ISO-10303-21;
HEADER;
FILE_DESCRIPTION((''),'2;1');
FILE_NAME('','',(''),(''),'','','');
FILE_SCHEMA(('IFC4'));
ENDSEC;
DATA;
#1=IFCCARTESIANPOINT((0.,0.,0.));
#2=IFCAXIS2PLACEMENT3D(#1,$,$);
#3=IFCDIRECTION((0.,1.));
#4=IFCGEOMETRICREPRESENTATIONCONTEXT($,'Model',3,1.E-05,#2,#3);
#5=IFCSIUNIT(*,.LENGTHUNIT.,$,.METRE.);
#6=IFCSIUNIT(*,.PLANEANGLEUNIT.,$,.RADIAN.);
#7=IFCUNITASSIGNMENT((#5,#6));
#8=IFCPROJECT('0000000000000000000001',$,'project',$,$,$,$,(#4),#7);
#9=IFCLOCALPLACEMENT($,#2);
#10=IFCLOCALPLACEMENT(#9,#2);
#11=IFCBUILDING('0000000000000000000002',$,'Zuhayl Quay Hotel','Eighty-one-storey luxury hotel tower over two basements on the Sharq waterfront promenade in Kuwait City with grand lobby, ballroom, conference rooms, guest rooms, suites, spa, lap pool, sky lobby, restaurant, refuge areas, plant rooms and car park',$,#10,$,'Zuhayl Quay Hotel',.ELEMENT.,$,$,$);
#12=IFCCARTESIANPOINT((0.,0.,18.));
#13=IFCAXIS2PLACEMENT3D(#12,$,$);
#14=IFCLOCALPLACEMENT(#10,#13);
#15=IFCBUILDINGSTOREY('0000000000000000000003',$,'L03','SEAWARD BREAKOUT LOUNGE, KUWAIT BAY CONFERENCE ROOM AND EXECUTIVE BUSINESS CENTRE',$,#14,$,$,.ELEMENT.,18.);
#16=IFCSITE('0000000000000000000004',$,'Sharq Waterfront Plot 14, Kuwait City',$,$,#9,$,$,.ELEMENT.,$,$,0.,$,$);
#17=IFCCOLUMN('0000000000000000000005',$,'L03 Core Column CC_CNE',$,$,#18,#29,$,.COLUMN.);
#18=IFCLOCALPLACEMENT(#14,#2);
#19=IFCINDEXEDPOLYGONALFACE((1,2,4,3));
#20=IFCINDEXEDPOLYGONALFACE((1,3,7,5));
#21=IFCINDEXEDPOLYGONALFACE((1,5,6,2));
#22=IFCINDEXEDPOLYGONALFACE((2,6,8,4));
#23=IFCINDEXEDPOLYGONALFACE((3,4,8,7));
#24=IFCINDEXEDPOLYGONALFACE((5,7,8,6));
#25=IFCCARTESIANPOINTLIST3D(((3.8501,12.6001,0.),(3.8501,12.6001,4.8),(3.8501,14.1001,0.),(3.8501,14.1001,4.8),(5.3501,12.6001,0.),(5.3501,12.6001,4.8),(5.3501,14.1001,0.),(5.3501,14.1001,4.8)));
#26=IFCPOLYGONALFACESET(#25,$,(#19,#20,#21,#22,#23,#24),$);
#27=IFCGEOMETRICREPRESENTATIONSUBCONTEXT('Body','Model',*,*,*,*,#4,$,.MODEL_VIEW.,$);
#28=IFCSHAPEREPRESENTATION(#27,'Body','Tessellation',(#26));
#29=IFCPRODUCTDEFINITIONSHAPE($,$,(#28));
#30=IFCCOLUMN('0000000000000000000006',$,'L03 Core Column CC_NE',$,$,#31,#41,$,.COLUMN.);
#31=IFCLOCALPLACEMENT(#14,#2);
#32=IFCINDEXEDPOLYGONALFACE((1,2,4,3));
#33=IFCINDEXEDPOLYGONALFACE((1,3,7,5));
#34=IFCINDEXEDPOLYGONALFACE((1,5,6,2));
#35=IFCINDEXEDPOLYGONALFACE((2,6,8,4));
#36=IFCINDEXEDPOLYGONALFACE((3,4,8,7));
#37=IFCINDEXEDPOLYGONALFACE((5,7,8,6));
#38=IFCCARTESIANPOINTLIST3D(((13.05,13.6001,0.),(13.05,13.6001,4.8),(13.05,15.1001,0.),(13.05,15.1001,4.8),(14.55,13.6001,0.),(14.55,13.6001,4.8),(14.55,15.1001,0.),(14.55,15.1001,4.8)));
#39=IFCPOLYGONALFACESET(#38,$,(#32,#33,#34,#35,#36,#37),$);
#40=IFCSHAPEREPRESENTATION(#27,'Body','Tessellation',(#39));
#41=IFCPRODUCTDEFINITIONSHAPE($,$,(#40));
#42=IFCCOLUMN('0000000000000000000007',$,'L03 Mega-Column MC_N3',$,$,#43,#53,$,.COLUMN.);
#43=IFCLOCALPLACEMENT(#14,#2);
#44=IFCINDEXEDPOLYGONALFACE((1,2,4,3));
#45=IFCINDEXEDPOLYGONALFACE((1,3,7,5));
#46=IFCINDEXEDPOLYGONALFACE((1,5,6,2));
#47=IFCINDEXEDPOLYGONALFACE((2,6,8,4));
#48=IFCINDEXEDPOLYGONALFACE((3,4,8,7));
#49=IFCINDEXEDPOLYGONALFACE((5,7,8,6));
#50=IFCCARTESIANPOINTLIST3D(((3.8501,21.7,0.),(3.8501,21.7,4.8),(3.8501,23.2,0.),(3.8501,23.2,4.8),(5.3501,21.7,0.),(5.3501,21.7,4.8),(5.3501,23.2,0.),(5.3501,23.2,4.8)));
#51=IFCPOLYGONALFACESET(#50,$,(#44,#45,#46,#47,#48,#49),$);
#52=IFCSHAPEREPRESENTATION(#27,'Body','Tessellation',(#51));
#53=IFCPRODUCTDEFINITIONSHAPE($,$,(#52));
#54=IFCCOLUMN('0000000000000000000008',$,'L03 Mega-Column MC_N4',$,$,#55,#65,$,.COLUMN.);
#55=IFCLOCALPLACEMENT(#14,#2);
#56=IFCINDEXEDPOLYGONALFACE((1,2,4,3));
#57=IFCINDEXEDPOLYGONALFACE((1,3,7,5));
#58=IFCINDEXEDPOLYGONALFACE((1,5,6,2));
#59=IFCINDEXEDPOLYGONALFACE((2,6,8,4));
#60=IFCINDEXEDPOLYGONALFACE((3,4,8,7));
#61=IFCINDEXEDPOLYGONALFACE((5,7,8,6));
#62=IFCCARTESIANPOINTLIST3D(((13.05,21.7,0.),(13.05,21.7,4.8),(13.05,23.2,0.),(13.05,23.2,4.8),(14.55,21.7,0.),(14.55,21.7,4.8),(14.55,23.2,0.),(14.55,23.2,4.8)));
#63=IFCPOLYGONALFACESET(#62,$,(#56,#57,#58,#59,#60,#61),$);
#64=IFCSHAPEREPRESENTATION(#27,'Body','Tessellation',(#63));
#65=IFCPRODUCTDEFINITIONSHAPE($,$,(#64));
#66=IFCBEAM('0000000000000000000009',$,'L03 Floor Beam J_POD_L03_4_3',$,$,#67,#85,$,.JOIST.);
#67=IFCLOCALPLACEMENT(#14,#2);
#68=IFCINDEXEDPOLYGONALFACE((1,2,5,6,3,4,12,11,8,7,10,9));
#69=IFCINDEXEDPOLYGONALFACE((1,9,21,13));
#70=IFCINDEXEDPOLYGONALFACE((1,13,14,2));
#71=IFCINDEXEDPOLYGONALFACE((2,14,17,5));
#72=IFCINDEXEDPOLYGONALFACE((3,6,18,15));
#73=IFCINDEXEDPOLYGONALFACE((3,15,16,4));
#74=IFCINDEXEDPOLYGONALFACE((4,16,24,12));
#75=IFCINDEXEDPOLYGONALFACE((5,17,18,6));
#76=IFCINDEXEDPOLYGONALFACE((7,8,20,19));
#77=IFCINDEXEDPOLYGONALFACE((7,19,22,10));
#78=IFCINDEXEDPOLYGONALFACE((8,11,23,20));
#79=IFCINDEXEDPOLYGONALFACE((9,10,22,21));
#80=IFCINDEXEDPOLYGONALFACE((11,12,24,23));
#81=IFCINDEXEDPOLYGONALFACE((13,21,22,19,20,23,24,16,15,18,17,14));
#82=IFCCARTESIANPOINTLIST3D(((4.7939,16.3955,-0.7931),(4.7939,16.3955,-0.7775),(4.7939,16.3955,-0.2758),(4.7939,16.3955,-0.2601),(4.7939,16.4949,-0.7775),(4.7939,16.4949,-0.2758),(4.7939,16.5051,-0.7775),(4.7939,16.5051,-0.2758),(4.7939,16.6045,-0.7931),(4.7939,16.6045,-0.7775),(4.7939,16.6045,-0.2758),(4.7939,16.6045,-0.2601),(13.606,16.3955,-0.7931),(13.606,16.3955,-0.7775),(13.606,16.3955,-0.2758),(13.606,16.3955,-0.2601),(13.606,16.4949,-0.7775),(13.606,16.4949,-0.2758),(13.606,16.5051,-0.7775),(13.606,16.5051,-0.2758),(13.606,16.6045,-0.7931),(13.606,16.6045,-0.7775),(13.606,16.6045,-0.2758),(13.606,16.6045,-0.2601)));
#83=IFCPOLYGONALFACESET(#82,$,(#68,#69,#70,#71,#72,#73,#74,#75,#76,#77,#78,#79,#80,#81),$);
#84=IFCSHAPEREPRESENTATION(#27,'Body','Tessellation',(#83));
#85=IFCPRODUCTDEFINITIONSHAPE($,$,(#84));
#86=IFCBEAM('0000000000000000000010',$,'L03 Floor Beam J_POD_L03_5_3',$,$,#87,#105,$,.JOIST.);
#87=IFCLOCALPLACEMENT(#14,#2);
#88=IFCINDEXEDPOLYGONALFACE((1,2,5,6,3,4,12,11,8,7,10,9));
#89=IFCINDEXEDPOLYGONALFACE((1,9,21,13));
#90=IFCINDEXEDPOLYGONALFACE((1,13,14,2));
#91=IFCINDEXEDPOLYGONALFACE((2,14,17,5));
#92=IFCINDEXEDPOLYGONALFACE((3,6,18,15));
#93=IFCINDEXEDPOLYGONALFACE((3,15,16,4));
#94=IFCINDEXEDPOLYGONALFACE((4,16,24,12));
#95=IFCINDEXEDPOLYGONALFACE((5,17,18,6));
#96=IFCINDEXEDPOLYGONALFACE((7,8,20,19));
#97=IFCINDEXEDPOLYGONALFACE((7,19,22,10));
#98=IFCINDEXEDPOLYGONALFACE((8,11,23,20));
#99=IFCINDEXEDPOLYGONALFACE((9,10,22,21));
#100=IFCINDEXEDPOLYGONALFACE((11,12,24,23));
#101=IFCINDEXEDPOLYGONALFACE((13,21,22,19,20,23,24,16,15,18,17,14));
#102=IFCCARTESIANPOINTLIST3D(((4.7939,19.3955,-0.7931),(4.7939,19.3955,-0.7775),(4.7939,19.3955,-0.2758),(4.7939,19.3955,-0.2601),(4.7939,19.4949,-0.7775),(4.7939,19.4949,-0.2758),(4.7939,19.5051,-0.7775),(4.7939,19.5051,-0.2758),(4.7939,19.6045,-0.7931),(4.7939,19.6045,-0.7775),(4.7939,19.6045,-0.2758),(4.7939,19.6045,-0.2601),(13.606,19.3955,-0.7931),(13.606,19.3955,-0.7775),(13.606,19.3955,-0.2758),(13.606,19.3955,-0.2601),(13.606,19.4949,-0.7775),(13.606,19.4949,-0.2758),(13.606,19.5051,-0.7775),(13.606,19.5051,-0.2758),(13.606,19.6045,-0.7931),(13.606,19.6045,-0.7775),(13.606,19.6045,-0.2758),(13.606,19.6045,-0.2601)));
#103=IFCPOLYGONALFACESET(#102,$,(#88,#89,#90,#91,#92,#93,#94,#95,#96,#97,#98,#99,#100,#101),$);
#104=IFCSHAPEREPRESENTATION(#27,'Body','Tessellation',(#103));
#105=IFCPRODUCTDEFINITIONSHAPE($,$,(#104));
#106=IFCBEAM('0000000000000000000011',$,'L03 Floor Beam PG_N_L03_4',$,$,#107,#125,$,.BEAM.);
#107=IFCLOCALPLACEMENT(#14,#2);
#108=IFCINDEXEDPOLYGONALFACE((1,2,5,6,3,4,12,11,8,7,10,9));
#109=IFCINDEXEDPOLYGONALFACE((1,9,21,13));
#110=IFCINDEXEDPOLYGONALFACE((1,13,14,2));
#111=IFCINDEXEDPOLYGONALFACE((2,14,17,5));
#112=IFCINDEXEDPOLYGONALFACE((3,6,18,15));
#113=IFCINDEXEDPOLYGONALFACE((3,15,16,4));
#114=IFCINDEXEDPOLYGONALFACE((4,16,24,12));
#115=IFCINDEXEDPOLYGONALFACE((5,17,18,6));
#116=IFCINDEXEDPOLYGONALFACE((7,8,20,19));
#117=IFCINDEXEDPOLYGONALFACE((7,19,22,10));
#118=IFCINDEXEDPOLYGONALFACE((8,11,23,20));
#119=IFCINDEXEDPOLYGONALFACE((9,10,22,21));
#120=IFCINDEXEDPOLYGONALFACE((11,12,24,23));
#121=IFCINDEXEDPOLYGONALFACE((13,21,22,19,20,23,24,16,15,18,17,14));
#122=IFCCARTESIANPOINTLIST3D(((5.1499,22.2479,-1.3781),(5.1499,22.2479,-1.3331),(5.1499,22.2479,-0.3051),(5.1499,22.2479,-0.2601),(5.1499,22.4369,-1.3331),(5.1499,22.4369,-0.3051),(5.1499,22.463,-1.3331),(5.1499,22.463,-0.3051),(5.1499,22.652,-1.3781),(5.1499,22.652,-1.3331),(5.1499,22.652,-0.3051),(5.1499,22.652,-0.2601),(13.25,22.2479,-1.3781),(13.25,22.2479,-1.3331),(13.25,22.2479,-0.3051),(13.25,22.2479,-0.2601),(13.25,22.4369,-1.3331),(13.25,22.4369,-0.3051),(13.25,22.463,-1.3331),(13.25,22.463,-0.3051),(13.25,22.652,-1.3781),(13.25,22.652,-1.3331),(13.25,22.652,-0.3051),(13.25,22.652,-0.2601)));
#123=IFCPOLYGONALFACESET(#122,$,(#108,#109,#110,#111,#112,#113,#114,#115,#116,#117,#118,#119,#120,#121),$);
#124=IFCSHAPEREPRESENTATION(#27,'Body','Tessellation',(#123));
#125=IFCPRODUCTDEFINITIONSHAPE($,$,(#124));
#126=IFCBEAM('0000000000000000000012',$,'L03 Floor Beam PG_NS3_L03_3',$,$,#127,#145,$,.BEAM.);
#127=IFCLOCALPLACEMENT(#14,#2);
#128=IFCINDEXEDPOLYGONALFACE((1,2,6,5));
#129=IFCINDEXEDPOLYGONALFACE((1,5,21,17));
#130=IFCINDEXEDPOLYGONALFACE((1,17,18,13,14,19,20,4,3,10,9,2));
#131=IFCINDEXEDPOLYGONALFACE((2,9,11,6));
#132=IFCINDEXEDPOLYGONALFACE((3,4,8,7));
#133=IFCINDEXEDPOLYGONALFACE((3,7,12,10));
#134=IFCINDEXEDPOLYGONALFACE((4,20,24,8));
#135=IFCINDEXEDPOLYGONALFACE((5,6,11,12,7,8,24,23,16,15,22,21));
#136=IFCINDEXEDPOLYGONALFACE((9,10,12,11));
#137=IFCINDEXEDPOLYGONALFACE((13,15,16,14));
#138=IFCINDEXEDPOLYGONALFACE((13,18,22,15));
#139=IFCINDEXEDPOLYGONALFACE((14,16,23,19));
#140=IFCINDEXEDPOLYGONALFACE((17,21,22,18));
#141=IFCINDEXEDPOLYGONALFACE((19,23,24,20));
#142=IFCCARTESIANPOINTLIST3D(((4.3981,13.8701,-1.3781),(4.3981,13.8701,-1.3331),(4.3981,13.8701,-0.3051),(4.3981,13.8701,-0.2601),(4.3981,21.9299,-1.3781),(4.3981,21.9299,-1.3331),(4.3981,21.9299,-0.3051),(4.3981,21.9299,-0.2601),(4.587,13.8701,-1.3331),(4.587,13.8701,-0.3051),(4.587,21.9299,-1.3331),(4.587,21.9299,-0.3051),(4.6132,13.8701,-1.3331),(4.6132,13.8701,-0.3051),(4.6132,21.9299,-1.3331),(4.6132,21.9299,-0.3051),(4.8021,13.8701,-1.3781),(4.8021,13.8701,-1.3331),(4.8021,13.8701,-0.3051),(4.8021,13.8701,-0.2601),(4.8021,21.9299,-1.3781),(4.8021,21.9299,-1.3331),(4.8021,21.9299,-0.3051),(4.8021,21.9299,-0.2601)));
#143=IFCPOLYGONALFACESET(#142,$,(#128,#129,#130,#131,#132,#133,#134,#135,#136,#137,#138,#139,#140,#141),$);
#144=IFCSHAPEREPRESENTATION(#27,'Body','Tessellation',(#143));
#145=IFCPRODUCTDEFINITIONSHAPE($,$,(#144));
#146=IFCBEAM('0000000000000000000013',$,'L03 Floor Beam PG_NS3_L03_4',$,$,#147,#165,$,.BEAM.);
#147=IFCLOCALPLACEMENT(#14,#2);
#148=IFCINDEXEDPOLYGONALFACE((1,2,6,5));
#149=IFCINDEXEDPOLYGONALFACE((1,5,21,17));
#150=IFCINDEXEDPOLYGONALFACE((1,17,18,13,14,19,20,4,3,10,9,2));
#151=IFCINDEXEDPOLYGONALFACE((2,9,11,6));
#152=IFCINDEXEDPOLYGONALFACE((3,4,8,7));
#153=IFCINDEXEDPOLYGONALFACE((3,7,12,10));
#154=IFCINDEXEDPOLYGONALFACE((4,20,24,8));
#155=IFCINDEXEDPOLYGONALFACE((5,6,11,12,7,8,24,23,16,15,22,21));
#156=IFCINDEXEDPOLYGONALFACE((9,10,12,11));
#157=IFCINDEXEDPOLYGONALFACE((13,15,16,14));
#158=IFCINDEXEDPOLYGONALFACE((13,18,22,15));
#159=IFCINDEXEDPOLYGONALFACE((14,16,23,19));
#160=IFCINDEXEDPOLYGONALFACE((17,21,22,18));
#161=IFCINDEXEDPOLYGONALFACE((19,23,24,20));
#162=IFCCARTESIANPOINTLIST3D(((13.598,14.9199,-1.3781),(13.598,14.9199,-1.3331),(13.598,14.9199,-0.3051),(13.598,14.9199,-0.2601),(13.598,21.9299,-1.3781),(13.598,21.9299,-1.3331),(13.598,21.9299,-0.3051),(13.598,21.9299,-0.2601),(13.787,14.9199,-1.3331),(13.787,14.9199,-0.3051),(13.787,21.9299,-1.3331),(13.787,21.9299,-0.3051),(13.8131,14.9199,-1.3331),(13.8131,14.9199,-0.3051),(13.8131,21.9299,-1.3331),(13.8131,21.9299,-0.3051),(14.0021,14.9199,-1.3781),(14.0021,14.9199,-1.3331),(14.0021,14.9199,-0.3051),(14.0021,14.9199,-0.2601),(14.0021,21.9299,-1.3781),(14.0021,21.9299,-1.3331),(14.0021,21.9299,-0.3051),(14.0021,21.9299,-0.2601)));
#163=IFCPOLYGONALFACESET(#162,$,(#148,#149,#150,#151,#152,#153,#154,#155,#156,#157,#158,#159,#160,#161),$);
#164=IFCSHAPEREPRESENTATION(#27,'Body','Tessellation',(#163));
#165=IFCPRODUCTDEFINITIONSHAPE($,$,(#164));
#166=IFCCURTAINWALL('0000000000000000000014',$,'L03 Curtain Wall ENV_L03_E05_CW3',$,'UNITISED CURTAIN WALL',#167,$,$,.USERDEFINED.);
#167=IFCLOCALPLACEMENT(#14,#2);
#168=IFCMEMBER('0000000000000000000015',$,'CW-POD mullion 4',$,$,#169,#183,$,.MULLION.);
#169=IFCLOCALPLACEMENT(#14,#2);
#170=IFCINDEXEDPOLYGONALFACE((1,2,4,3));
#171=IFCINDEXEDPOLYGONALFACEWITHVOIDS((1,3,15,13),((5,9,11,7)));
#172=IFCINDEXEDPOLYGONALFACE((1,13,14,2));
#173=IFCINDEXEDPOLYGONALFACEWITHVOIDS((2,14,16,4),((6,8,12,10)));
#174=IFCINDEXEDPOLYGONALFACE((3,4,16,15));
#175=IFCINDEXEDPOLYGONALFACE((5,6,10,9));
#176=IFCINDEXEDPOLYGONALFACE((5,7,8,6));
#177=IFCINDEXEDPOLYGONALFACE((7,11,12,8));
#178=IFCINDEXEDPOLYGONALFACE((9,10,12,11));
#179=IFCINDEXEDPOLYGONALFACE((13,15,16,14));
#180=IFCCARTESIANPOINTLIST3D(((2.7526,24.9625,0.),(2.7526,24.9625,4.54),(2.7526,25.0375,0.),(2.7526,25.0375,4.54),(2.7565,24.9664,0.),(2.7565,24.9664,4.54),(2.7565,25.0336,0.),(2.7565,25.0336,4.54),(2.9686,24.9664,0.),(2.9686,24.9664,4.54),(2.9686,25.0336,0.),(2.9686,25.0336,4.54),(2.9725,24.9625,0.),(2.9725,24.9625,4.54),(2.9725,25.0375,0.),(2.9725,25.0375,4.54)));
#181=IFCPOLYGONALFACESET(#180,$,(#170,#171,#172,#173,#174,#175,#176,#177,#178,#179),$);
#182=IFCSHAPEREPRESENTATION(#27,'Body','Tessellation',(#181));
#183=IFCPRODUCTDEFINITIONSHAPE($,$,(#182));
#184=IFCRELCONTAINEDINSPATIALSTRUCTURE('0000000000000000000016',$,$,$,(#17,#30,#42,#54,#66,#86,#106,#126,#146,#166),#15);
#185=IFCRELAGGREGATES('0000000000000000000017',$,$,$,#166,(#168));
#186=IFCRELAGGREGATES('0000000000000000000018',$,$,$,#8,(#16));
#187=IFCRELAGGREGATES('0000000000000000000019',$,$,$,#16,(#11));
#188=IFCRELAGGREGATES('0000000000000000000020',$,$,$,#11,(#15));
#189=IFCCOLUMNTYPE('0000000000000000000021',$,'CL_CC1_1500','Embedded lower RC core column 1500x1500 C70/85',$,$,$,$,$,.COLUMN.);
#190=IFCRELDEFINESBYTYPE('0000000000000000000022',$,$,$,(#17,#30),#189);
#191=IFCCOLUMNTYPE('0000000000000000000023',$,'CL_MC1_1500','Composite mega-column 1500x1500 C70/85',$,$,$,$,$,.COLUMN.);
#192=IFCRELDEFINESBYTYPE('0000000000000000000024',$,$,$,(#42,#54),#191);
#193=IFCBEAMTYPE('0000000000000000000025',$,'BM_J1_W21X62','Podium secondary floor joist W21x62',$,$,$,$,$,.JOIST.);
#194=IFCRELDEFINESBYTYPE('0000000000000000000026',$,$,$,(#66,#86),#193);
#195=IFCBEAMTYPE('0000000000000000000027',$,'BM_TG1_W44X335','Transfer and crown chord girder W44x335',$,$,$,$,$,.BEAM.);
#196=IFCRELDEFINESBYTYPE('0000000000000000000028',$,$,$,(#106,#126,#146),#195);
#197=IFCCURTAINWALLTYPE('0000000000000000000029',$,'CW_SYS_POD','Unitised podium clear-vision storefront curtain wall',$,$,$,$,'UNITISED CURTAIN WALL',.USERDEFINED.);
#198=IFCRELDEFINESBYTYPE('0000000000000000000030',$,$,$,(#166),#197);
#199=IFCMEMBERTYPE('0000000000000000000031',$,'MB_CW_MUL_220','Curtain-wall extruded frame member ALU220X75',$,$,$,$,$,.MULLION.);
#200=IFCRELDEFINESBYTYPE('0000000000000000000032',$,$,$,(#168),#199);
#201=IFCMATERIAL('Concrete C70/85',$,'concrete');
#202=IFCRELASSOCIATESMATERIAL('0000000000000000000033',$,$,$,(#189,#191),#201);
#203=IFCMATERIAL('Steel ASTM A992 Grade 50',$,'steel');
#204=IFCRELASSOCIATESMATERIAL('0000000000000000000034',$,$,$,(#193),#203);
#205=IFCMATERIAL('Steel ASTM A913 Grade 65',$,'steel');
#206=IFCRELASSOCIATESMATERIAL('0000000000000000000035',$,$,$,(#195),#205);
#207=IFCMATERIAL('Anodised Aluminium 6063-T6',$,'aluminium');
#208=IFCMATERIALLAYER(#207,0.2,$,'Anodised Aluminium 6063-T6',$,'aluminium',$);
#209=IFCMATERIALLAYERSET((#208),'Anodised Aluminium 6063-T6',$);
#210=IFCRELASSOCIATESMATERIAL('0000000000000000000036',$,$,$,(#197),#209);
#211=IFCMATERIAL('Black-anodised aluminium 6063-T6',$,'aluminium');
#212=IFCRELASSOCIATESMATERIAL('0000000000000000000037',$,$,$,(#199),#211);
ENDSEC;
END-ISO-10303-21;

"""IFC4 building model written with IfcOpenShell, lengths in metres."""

from ifc_helpers import new_model, si_unit, direction, frame, origin, origin_2d, place, context, subcontext, project, spatial, rectangle, hollow_rectangle, i_section, extrude, material, layer, layer_set, material_profile, profile_set, type_object, element, aggregate, save


model = new_model("IFC4")

# Units and contexts
model_context = context("Model", 3, precision=1e-05, world=origin(), true_north=direction((0.0, 1.0)))
body_context = subcontext(model_context, "Body", "Model", "MODEL_VIEW")
ifc_project = project(units=[si_unit("LENGTHUNIT", "METRE"), si_unit("PLANEANGLEUNIT", "RADIAN")], contexts=[model_context])

# Site, building, storey
site_placement = place(None, origin())
site = spatial("IfcSite", under=ifc_project, at=site_placement, Name="Sharq Waterfront Plot 14, Kuwait City", CompositionType="ELEMENT", RefElevation=0.0)
building_placement = place(site_placement, origin())
building = spatial("IfcBuilding", under=site, at=building_placement, Name="Zuhayl Quay Hotel", Description="Eighty-one-storey luxury hotel tower over two basements on the Sharq waterfront promenade in Kuwait City with grand lobby, ballroom, conference rooms, guest rooms, suites, spa, lap pool, sky lobby, restaurant, refuge areas, plant rooms and car park", LongName="Zuhayl Quay Hotel", CompositionType="ELEMENT")
storey_placement = place(building_placement, frame((0.0, 0.0, 18.0)))
storey = spatial("IfcBuildingStorey", under=building, at=storey_placement, Name="L03", Description="SEAWARD BREAKOUT LOUNGE, KUWAIT BAY CONFERENCE ROOM AND EXECUTIVE BUSINESS CENTRE", CompositionType="ELEMENT", Elevation=18.0)

# Columns
ifc_material_1 = material(Name="Concrete C70/85", Category="concrete")
ifc_material_profile_1 = material_profile(ifc_material_1, rectangle(XDim=1.5, YDim=1.5, at=origin_2d()), Name="RC1500X1500")
ifc_profile_set_1 = profile_set([ifc_material_profile_1], Name="Concrete C70/85")
column_type_1 = type_object("IfcColumnType", Name="CL_CC1_1500", Description="Embedded lower RC core column 1500x1500 C70/85", PredefinedType="COLUMN", material=ifc_profile_set_1)
for number, where, z_axis, x_axis, name in (
    (1, (4.6001, 13.3501, 0.0), (0.0, 0.0, 1.0), (1.0, 0.0, 0.0), "L03 Core Column CC_CNE"),
    (2, (13.8, 14.3501, 0.0), (0.0, 0.0, 1.0), (1.0, 0.0, 0.0), "L03 Core Column CC_NE"),
):
    element("IfcColumn", number, at=place(storey_placement, frame(where, z_axis=z_axis, x_axis=x_axis)), inside=storey, type_object=column_type_1, Name=name, PredefinedType="COLUMN", context=body_context, shape_type="SweptSolid", body=[
        extrude(rectangle(XDim=1.5, YDim=1.5, at=origin_2d()), origin(), (0.0, 0.0, 1.0), 4.8),
    ])
ifc_material_profile_2 = material_profile(ifc_material_1, rectangle(XDim=1.5, YDim=1.5, at=origin_2d()), Name="RC1500X1500")
ifc_profile_set_2 = profile_set([ifc_material_profile_2], Name="Concrete C70/85")
column_type_2 = type_object("IfcColumnType", Name="CL_MC1_1500", Description="Composite mega-column 1500x1500 C70/85", PredefinedType="COLUMN", material=ifc_profile_set_2)
for number, where, z_axis, x_axis, name in (
    (3, (4.6001, 22.45, 0.0), (0.0, 0.0, 1.0), (1.0, 0.0, 0.0), "L03 Mega-Column MC_N3"),
    (4, (13.8, 22.45, 0.0), (0.0, 0.0, 1.0), (1.0, 0.0, 0.0), "L03 Mega-Column MC_N4"),
):
    element("IfcColumn", number, at=place(storey_placement, frame(where, z_axis=z_axis, x_axis=x_axis)), inside=storey, type_object=column_type_2, Name=name, PredefinedType="COLUMN", context=body_context, shape_type="SweptSolid", body=[
        extrude(rectangle(XDim=1.5, YDim=1.5, at=origin_2d()), origin(), (0.0, 0.0, 1.0), 4.8),
    ])

# Beams
ifc_material_2 = material(Name="Steel ASTM A992 Grade 50", Category="steel")
ifc_material_profile_3 = material_profile(ifc_material_2, i_section(OverallWidth=0.209, OverallDepth=0.533, WebThickness=0.0103, FlangeThickness=0.0156, at=origin_2d()), Name="W21X62")
ifc_profile_set_3 = profile_set([ifc_material_profile_3], Name="Steel ASTM A992 Grade 50")
beam_type_1 = type_object("IfcBeamType", Name="BM_J1_W21X62", Description="Podium secondary floor joist W21x62", PredefinedType="JOIST", material=ifc_profile_set_3)
for number, where, z_axis, x_axis, name in (
    (5, (4.7939, 16.5, -0.5266), (1.0, 0.0, 0.0), (0.0, 1.0, 0.0), "L03 Floor Beam J_POD_L03_4_3"),
    (6, (4.7939, 19.5, -0.5266), (1.0, 0.0, 0.0), (0.0, 1.0, 0.0), "L03 Floor Beam J_POD_L03_5_3"),
):
    element("IfcBeam", number, at=place(storey_placement, frame(where, z_axis=z_axis, x_axis=x_axis)), inside=storey, type_object=beam_type_1, Name=name, PredefinedType="JOIST", context=body_context, shape_type="SweptSolid", body=[
        extrude(i_section(OverallWidth=0.209, OverallDepth=0.533, WebThickness=0.0103, FlangeThickness=0.0156, at=origin_2d()), origin(), (0.0, 0.0, 1.0), 8.812),
    ])
ifc_material_3 = material(Name="Steel ASTM A913 Grade 65", Category="steel")
ifc_material_profile_4 = material_profile(ifc_material_3, i_section(OverallWidth=0.4041, OverallDepth=1.1179, WebThickness=0.0261, FlangeThickness=0.0449, at=origin_2d()), Name="W44X335")
ifc_profile_set_4 = profile_set([ifc_material_profile_4], Name="Steel ASTM A913 Grade 65")
beam_type_2 = type_object("IfcBeamType", Name="BM_TG1_W44X335", Description="Transfer and crown chord girder W44x335", PredefinedType="BEAM", material=ifc_profile_set_4)
beam_1_placement = place(storey_placement, frame((5.1499, 22.45, -0.8191), z_axis=(1.0, 0.0, 0.0), x_axis=(0.0, 1.0, 0.0)))
element("IfcBeam", 7, at=beam_1_placement, inside=storey, type_object=beam_type_2, Name="L03 Floor Beam PG_N_L03_4", PredefinedType="BEAM", context=body_context, shape_type="SweptSolid", body=[
    extrude(i_section(OverallWidth=0.4041, OverallDepth=1.1179, WebThickness=0.0261, FlangeThickness=0.0449, at=origin_2d()), origin(), (0.0, 0.0, 1.0), 8.1001),
])
beam_2_placement = place(storey_placement, frame((4.6001, 13.8701, -0.8191), z_axis=(0.0, 1.0, 0.0), x_axis=(-1.0, 0.0, 0.0)))
element("IfcBeam", 8, at=beam_2_placement, inside=storey, type_object=beam_type_2, Name="L03 Floor Beam PG_NS3_L03_3", PredefinedType="BEAM", context=body_context, shape_type="SweptSolid", body=[
    extrude(i_section(OverallWidth=0.4041, OverallDepth=1.1179, WebThickness=0.0261, FlangeThickness=0.0449, at=origin_2d()), origin(), (0.0, 0.0, 1.0), 8.0598),
])
beam_3_placement = place(storey_placement, frame((13.8, 14.9199, -0.8191), z_axis=(0.0, 1.0, 0.0), x_axis=(-1.0, 0.0, 0.0)))
element("IfcBeam", 9, at=beam_3_placement, inside=storey, type_object=beam_type_2, Name="L03 Floor Beam PG_NS3_L03_4", PredefinedType="BEAM", context=body_context, shape_type="SweptSolid", body=[
    extrude(i_section(OverallWidth=0.4041, OverallDepth=1.1179, WebThickness=0.0261, FlangeThickness=0.0449, at=origin_2d()), origin(), (0.0, 0.0, 1.0), 7.01),
])

# Curtain wall, member
ifc_material_4 = material(Name="Anodised Aluminium 6063-T6", Category="aluminium")
ifc_layer_1 = layer(ifc_material_4, 0.2, Name="Anodised Aluminium 6063-T6", Category="aluminium")
ifc_layer_set_1 = layer_set([ifc_layer_1], Name="Anodised Aluminium 6063-T6")
curtain_wall_type = type_object("IfcCurtainWallType", Name="CW_SYS_POD", Description="Unitised podium clear-vision storefront curtain wall", ElementType="UNITISED CURTAIN WALL", PredefinedType="USERDEFINED", material=ifc_layer_set_1)
curtain_wall_placement = place(storey_placement, origin())
curtain_wall = element("IfcCurtainWall", 10, at=curtain_wall_placement, inside=storey, type_object=curtain_wall_type, Name="L03 Curtain Wall ENV_L03_E05_CW3", ObjectType="UNITISED CURTAIN WALL", PredefinedType="USERDEFINED")
ifc_material_5 = material(Name="Black-anodised aluminium 6063-T6", Category="aluminium")
ifc_material_profile_5 = material_profile(ifc_material_5, hollow_rectangle(XDim=0.075, YDim=0.22, WallThickness=0.0039, at=origin_2d()), Name="ALU220X75")
ifc_profile_set_5 = profile_set([ifc_material_profile_5], Name="Black-anodised aluminium 6063-T6")
member_type_1 = type_object("IfcMemberType", Name="MB_CW_MUL_220", Description="Curtain-wall extruded frame member ALU220X75", PredefinedType="MULLION", material=ifc_profile_set_5)
member_1_placement = place(storey_placement, frame((2.8625, 25.0, 0.0), z_axis=(0.0, 0.0, 1.0), x_axis=(0.0, 1.0, 0.0)))
member_1 = element("IfcMember", 11, at=member_1_placement, type_object=member_type_1, Name="CW-POD mullion 4", PredefinedType="MULLION", context=body_context, shape_type="SweptSolid", body=[
    extrude(hollow_rectangle(XDim=0.075, YDim=0.22, WallThickness=0.0039, at=origin_2d()), origin(), (0.0, 0.0, 1.0), 4.54),
])
aggregate(curtain_wall, [member_1])

save(model, "model.ifc")
